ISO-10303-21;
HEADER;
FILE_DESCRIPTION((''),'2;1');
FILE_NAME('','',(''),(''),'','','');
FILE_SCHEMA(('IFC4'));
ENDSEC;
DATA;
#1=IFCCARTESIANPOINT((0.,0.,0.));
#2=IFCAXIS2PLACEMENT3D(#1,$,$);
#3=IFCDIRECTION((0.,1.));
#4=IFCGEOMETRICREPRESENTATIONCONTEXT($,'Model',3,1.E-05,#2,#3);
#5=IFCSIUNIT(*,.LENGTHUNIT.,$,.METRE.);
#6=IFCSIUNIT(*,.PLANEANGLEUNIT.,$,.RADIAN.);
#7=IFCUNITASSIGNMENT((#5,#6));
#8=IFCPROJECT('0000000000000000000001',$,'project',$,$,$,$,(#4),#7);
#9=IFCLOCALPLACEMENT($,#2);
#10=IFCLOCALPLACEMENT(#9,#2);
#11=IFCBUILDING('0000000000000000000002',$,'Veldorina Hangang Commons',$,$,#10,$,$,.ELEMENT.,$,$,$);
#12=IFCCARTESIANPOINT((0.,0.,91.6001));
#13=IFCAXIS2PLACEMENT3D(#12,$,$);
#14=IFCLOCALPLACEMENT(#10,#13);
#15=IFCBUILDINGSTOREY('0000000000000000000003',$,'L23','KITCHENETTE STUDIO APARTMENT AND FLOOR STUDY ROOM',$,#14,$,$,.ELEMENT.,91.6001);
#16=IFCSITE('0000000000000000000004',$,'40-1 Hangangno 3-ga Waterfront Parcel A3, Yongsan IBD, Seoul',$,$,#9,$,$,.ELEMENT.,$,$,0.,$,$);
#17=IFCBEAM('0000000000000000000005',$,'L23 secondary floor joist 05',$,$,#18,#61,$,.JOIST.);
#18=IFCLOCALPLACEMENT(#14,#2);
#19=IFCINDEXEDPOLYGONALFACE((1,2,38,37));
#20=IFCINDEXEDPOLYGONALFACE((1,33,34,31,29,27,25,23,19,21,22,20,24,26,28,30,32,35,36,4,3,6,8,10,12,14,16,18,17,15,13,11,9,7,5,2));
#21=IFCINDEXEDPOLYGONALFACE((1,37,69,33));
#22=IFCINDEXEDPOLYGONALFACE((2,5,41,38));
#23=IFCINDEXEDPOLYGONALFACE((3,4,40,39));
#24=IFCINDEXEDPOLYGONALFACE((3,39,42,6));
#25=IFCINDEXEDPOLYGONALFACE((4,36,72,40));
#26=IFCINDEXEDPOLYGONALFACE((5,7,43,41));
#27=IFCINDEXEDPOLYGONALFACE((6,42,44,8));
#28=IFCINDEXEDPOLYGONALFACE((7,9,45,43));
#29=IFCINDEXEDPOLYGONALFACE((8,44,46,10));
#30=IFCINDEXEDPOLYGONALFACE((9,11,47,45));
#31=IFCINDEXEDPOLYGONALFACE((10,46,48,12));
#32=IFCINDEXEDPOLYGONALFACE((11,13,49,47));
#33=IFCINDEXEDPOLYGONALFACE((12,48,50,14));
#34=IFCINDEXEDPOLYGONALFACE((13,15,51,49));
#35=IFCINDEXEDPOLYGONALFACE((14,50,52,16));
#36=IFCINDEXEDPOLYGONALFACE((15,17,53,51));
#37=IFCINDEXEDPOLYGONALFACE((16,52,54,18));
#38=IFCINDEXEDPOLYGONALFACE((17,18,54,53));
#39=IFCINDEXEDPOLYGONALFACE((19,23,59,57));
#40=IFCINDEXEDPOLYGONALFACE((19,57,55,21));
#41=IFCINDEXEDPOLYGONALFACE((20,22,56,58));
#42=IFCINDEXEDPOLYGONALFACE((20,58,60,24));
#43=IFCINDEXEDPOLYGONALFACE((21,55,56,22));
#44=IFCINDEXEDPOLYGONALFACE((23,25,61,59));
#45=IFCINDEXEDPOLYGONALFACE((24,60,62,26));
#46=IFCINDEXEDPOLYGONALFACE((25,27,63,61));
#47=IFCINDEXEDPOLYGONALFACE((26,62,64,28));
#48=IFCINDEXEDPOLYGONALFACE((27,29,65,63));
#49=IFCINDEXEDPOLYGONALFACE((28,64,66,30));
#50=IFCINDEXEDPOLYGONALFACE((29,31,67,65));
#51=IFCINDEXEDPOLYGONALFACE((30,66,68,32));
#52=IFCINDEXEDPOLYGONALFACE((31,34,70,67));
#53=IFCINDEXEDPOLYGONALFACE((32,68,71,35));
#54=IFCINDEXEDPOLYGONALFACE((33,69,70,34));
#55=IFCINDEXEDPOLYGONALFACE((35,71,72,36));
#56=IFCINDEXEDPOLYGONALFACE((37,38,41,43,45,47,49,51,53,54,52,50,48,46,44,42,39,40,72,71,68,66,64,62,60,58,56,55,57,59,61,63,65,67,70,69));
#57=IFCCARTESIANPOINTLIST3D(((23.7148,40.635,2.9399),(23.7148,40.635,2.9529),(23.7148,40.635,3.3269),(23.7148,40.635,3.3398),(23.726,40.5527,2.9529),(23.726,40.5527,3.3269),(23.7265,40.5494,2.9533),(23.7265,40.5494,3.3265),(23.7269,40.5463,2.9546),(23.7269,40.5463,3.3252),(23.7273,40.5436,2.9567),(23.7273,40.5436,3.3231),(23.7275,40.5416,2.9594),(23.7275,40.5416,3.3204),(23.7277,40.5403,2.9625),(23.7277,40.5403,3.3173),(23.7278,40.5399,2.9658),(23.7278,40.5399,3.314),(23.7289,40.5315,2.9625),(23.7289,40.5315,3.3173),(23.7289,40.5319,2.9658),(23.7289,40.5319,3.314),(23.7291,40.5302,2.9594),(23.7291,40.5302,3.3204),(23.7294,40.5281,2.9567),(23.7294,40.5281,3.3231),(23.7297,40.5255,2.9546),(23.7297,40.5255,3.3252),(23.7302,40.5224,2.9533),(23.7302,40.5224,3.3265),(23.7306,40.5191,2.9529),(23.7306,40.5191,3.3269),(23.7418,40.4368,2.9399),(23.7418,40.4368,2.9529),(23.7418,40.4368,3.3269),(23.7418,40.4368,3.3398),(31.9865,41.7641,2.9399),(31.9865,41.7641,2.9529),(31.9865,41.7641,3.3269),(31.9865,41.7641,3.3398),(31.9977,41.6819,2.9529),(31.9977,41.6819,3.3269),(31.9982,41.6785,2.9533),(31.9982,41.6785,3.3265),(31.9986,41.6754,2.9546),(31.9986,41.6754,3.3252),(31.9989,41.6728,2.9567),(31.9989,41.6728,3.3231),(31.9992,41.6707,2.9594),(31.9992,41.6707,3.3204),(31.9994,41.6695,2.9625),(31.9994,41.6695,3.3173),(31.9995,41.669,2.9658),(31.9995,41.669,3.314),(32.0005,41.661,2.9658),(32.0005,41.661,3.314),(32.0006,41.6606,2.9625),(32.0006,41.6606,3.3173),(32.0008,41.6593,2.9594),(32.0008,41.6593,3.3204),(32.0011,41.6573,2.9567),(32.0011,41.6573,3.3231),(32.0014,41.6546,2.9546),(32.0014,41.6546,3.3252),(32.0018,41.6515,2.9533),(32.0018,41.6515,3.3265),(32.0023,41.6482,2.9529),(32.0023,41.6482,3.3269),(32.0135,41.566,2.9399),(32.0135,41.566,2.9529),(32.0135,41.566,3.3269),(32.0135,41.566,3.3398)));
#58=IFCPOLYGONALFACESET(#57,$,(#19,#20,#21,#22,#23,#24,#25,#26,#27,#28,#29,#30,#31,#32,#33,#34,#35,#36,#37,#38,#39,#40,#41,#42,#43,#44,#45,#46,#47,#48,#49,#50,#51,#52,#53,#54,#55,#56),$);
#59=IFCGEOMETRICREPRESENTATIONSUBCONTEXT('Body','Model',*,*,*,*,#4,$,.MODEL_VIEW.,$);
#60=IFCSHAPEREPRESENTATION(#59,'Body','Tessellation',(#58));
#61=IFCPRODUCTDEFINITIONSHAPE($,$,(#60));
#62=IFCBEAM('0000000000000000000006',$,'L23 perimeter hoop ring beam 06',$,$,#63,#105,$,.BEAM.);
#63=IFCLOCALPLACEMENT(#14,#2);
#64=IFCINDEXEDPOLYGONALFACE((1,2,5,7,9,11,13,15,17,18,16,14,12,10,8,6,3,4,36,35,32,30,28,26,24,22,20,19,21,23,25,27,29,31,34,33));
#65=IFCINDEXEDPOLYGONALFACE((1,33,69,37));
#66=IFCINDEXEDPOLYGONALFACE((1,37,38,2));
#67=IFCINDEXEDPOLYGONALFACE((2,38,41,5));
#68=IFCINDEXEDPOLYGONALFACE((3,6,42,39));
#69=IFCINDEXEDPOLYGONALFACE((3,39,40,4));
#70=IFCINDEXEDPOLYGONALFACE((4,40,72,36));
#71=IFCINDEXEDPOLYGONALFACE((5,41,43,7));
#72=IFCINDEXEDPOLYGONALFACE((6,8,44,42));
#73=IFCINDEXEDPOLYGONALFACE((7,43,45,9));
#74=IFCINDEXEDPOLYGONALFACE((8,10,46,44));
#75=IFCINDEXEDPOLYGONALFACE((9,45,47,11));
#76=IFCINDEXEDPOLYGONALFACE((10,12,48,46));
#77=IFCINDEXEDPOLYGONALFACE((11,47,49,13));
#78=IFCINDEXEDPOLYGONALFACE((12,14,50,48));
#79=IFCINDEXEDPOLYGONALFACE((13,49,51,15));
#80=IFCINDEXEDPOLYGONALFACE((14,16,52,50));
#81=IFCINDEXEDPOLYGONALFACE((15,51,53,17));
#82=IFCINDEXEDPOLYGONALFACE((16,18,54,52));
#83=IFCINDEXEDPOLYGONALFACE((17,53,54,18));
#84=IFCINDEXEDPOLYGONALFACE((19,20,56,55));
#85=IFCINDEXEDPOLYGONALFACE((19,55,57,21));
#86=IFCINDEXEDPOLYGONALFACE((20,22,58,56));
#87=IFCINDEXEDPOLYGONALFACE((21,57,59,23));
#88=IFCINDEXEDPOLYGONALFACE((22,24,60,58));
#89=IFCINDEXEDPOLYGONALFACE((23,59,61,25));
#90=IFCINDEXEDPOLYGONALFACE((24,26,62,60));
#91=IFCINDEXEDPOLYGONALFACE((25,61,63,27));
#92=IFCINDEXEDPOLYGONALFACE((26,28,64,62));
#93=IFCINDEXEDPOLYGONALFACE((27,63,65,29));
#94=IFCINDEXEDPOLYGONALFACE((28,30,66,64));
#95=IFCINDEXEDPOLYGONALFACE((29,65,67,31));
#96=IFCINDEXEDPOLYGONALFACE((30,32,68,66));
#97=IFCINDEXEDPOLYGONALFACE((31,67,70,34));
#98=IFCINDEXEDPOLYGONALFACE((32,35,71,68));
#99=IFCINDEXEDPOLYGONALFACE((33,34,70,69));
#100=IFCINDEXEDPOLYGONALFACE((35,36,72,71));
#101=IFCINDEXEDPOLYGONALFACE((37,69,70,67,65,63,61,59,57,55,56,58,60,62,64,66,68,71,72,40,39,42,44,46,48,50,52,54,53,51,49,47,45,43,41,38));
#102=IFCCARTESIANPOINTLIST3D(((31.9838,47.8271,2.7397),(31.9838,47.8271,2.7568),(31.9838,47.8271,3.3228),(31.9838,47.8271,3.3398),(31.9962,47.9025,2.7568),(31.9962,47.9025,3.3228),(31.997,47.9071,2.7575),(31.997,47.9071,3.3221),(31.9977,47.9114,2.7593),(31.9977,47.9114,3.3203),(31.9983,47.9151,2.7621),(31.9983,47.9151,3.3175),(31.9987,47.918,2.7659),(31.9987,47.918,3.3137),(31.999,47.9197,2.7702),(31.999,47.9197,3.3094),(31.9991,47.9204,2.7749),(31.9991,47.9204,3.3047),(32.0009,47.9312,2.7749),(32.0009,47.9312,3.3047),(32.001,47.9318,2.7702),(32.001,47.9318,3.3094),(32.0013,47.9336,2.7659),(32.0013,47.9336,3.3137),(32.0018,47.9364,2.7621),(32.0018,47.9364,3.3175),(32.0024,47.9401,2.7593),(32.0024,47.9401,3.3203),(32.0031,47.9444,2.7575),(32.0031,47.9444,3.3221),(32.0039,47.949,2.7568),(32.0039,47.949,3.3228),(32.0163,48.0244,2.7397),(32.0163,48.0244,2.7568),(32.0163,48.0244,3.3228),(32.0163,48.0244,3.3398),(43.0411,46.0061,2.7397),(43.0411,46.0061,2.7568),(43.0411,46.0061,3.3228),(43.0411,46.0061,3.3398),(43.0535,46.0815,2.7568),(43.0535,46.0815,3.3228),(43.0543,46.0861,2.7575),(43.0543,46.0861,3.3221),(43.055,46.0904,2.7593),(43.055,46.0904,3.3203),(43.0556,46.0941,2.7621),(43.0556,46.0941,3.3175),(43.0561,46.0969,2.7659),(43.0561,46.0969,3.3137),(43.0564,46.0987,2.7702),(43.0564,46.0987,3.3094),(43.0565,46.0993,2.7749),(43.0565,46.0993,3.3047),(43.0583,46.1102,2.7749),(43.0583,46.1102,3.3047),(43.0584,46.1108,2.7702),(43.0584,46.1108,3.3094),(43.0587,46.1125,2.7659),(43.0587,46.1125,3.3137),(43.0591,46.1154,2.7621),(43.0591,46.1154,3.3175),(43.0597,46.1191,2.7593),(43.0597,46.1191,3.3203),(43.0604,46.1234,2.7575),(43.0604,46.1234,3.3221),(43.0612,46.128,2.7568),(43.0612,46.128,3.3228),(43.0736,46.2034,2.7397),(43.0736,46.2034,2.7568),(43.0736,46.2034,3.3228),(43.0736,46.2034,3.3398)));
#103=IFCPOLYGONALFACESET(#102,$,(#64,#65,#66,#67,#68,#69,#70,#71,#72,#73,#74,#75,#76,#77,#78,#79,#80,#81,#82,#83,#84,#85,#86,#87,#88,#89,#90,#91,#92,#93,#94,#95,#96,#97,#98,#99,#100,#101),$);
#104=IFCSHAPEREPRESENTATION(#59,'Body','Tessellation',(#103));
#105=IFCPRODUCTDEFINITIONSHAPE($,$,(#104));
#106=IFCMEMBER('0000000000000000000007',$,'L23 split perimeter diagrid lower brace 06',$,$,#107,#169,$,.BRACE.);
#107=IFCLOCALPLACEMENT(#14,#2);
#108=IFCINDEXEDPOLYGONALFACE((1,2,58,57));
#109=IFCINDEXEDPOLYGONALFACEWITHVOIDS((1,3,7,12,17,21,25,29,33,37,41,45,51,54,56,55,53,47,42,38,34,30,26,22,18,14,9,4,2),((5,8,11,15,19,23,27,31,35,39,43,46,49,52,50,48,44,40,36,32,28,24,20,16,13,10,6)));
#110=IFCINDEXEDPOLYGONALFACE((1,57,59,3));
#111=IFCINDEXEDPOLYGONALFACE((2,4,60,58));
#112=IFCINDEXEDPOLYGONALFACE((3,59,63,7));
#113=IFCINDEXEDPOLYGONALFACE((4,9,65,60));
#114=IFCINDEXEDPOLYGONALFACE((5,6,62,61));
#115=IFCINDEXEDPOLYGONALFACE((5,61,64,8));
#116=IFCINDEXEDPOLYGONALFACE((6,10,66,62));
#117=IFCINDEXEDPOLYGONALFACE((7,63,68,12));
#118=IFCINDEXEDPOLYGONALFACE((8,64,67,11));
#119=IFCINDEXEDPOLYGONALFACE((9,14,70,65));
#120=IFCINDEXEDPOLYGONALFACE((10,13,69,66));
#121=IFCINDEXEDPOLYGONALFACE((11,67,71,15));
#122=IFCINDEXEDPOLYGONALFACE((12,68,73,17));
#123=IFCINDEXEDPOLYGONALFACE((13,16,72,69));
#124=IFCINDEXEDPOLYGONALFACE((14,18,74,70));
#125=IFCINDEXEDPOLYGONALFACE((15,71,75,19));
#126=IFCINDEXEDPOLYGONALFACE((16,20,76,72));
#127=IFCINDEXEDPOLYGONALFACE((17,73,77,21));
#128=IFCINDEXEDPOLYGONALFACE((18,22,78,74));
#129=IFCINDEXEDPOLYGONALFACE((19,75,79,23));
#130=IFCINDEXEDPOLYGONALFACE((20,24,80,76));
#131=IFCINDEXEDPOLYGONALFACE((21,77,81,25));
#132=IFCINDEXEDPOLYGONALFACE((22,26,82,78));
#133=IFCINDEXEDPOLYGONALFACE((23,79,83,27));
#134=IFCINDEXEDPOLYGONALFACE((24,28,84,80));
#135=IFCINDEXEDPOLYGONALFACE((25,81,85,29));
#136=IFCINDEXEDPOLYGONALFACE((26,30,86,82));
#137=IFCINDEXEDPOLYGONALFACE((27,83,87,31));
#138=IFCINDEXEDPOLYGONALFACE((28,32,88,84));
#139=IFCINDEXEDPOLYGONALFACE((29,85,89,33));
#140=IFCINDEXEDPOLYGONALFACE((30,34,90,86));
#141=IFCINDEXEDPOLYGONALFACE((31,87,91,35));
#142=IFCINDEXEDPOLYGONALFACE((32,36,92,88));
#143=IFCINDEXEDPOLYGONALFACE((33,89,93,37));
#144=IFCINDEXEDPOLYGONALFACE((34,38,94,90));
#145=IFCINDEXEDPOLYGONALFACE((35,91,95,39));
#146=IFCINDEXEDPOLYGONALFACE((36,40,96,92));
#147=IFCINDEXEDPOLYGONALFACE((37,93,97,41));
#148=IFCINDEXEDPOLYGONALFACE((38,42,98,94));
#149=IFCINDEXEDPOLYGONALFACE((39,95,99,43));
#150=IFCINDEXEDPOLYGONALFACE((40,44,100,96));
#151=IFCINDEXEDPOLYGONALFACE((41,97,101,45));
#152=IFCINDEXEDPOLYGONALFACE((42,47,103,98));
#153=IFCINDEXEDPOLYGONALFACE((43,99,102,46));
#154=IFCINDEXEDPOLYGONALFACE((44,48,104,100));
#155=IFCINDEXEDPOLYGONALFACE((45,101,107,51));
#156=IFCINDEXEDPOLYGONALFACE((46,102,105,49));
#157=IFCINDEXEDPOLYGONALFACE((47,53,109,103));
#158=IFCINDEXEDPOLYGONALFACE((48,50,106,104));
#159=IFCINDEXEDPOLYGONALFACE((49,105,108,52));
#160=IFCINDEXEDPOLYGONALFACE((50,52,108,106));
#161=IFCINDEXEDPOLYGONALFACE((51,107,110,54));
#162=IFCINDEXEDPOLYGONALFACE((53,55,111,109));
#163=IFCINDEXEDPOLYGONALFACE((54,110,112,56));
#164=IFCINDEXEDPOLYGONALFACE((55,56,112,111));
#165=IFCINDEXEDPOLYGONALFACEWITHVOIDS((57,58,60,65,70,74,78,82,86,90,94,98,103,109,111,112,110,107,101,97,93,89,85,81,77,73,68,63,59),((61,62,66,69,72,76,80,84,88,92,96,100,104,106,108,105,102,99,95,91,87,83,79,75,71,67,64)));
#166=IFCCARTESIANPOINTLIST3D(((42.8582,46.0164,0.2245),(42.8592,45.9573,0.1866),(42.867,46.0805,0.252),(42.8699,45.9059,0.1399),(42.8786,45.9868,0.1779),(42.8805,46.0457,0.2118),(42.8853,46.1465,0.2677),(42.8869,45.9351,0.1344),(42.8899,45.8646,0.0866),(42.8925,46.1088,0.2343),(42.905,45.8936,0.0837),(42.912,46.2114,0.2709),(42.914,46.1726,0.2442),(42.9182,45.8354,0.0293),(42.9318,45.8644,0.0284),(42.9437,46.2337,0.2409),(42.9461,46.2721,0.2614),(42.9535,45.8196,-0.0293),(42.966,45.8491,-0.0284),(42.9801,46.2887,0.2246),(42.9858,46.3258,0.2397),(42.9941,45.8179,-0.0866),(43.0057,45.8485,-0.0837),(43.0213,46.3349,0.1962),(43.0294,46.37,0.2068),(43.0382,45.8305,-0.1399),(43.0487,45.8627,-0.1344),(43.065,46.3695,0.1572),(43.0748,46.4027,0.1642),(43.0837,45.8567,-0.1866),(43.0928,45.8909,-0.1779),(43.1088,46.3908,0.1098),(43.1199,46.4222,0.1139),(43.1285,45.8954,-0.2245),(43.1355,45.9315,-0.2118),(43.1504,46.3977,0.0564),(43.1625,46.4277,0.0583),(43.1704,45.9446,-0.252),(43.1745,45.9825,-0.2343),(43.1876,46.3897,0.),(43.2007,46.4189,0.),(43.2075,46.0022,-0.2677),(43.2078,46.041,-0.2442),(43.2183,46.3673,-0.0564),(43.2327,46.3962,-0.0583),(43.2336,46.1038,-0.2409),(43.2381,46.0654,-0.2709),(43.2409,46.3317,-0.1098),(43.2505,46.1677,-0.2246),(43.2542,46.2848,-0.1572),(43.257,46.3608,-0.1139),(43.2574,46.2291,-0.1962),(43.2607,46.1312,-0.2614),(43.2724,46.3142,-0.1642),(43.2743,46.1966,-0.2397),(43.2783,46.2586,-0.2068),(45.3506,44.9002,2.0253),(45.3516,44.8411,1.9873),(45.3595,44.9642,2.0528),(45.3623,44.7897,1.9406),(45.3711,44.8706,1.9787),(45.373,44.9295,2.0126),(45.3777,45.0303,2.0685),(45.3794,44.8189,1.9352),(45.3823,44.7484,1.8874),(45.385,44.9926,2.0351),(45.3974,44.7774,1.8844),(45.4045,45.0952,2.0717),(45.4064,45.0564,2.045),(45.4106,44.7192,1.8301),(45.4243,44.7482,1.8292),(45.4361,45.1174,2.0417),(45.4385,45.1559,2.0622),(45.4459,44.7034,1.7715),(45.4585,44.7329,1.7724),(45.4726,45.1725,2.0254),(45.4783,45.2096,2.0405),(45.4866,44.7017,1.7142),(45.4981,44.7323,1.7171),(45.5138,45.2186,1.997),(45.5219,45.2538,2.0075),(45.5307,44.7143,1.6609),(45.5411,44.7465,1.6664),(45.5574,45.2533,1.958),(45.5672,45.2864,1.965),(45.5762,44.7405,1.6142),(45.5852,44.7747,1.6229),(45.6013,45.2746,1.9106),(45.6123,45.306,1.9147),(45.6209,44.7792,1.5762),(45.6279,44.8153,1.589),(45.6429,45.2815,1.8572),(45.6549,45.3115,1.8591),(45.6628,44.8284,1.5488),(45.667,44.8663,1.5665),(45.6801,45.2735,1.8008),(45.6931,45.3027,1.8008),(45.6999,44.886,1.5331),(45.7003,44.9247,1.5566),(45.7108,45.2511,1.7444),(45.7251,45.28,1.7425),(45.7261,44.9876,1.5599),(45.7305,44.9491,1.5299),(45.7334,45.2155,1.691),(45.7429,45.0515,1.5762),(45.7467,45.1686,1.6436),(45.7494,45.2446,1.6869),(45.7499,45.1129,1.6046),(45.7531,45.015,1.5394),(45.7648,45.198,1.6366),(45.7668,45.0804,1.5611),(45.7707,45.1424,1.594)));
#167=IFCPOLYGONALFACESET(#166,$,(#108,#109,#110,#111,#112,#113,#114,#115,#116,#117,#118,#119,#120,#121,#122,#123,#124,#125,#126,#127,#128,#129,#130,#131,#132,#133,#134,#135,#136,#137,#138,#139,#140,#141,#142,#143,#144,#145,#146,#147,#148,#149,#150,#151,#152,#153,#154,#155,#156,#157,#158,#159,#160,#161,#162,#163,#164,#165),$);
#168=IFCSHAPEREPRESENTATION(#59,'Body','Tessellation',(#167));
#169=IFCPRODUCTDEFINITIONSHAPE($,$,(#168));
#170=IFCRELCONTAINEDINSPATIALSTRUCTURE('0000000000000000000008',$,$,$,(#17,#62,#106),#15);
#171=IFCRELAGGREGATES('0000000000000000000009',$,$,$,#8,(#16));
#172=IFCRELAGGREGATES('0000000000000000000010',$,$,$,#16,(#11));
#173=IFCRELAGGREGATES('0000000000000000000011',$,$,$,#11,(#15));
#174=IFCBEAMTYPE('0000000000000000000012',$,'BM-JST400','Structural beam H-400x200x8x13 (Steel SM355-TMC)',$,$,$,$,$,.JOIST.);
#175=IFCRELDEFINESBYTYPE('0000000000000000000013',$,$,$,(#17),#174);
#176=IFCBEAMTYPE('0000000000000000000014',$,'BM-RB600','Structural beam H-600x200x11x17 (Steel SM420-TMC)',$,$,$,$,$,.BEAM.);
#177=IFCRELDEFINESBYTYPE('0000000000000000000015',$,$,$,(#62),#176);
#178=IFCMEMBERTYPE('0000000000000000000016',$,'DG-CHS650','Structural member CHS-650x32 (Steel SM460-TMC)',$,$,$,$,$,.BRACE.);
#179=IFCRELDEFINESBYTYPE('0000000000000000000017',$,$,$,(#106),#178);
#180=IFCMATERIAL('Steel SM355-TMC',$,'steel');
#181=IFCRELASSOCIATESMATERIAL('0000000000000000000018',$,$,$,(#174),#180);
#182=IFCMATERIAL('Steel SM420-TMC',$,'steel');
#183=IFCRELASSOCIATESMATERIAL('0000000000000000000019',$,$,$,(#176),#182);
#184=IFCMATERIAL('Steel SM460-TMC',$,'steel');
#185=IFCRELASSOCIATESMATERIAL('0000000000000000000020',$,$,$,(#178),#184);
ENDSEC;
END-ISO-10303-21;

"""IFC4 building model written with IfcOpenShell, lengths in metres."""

from ifc_helpers import new_model, si_unit, direction, frame, origin, origin_2d, place, context, subcontext, project, spatial, hollow_circle, i_section, extrude, material, material_profile, profile_set, type_object, element, save


model = new_model("IFC4")

# Units and contexts
model_context = context("Model", 3, precision=1e-05, world=origin(), true_north=direction((0.0, 1.0)))
body_context = subcontext(model_context, "Body", "Model", "MODEL_VIEW")
ifc_project = project(units=[si_unit("LENGTHUNIT", "METRE"), si_unit("PLANEANGLEUNIT", "RADIAN")], contexts=[model_context])

# Site, building, storey
site_placement = place(None, origin())
site = spatial("IfcSite", under=ifc_project, at=site_placement, Name="40-1 Hangangno 3-ga Waterfront Parcel A3, Yongsan IBD, Seoul", CompositionType="ELEMENT", RefElevation=0.0)
building_placement = place(site_placement, origin())
building = spatial("IfcBuilding", under=site, at=building_placement, Name="Veldorina Hangang Commons", CompositionType="ELEMENT")
storey_placement = place(building_placement, frame((0.0, 0.0, 91.6001)))
storey = spatial("IfcBuildingStorey", under=building, at=storey_placement, Name="L23", Description="KITCHENETTE STUDIO APARTMENT AND FLOOR STUDY ROOM", CompositionType="ELEMENT", Elevation=91.6001)

# Beams
ifc_material_1 = material(Name="Steel SM355-TMC", Category="steel")
ifc_material_profile_1 = material_profile(ifc_material_1, i_section(OverallWidth=0.2, OverallDepth=0.3999, WebThickness=0.0081, FlangeThickness=0.0129, FilletRadius=0.0129, at=origin_2d()), Name="H-400x200x8x13")
ifc_profile_set_1 = profile_set([ifc_material_profile_1], Name="Steel SM355-TMC")
beam_type_1 = type_object("IfcBeamType", Name="BM-JST400", Description="Structural beam H-400x200x8x13 (Steel SM355-TMC)", PredefinedType="JOIST", material=ifc_profile_set_1)
beam_1_placement = place(storey_placement, frame((32.0, 41.665, 3.1399), z_axis=(-0.990811, -0.135253, 0.0), x_axis=(0.135253, -0.990811, 0.0)))
element("IfcBeam", 1, at=beam_1_placement, inside=storey, type_object=beam_type_1, Name="L23 secondary floor joist 05", PredefinedType="JOIST", context=body_context, shape_type="SweptSolid", body=[
    extrude(i_section(OverallWidth=0.2, OverallDepth=0.3999, WebThickness=0.0081, FlangeThickness=0.0129, FilletRadius=0.0129, at=origin_2d()), origin(), (0.0, 0.0, 1.0), 8.3484),
])
ifc_material_2 = material(Name="Steel SM420-TMC", Category="steel")
ifc_material_profile_2 = material_profile(ifc_material_2, i_section(OverallWidth=0.2, OverallDepth=0.6001, WebThickness=0.011, FlangeThickness=0.0171, FilletRadius=0.0181, at=origin_2d()), Name="H-600x200x11x17")
ifc_profile_set_2 = profile_set([ifc_material_profile_2], Name="Steel SM420-TMC")
beam_type_2 = type_object("IfcBeamType", Name="BM-RB600", Description="Structural beam H-600x200x11x17 (Steel SM420-TMC)", PredefinedType="BEAM", material=ifc_profile_set_2)
beam_2_placement = place(storey_placement, frame((43.0574, 46.1047, 3.0398), z_axis=(-0.986708, 0.162502, 0.0), x_axis=(-0.162502, -0.986708, 0.0)))
element("IfcBeam", 2, at=beam_2_placement, inside=storey, type_object=beam_type_2, Name="L23 perimeter hoop ring beam 06", PredefinedType="BEAM", context=body_context, shape_type="SweptSolid", body=[
    extrude(i_section(OverallWidth=0.2, OverallDepth=0.6001, WebThickness=0.011, FlangeThickness=0.0171, FilletRadius=0.0181, at=origin_2d()), origin(), (0.0, 0.0, 1.0), 11.2063),
])

# Member
ifc_material_3 = material(Name="Steel SM460-TMC", Category="steel")
ifc_material_profile_3 = material_profile(ifc_material_3, hollow_circle(Radius=0.325, WallThickness=0.032, at=origin_2d()), Name="CHS-650x32")
ifc_profile_set_3 = profile_set([ifc_material_profile_3], Name="Steel SM460-TMC")
member_type = type_object("IfcMemberType", Name="DG-CHS650", Description="Structural member CHS-650x32 (Steel SM460-TMC)", PredefinedType="BRACE", material=ifc_profile_set_3)
member_1_placement = place(storey_placement, frame((43.0679, 46.1223, 0.0), z_axis=(0.761925, -0.34122, 0.55049), x_axis=(0.408725, 0.912658, 0.0)))
element("IfcMember", 3, at=member_1_placement, inside=storey, type_object=member_type, Name="L23 split perimeter diagrid lower brace 06", PredefinedType="BRACE", context=body_context, shape_type="SweptSolid", body=[
    extrude(hollow_circle(Radius=0.325, WallThickness=0.032, at=origin_2d()), origin(), (0.0, 0.0, 1.0), 3.2712),
])

save(model, "model.ifc")
